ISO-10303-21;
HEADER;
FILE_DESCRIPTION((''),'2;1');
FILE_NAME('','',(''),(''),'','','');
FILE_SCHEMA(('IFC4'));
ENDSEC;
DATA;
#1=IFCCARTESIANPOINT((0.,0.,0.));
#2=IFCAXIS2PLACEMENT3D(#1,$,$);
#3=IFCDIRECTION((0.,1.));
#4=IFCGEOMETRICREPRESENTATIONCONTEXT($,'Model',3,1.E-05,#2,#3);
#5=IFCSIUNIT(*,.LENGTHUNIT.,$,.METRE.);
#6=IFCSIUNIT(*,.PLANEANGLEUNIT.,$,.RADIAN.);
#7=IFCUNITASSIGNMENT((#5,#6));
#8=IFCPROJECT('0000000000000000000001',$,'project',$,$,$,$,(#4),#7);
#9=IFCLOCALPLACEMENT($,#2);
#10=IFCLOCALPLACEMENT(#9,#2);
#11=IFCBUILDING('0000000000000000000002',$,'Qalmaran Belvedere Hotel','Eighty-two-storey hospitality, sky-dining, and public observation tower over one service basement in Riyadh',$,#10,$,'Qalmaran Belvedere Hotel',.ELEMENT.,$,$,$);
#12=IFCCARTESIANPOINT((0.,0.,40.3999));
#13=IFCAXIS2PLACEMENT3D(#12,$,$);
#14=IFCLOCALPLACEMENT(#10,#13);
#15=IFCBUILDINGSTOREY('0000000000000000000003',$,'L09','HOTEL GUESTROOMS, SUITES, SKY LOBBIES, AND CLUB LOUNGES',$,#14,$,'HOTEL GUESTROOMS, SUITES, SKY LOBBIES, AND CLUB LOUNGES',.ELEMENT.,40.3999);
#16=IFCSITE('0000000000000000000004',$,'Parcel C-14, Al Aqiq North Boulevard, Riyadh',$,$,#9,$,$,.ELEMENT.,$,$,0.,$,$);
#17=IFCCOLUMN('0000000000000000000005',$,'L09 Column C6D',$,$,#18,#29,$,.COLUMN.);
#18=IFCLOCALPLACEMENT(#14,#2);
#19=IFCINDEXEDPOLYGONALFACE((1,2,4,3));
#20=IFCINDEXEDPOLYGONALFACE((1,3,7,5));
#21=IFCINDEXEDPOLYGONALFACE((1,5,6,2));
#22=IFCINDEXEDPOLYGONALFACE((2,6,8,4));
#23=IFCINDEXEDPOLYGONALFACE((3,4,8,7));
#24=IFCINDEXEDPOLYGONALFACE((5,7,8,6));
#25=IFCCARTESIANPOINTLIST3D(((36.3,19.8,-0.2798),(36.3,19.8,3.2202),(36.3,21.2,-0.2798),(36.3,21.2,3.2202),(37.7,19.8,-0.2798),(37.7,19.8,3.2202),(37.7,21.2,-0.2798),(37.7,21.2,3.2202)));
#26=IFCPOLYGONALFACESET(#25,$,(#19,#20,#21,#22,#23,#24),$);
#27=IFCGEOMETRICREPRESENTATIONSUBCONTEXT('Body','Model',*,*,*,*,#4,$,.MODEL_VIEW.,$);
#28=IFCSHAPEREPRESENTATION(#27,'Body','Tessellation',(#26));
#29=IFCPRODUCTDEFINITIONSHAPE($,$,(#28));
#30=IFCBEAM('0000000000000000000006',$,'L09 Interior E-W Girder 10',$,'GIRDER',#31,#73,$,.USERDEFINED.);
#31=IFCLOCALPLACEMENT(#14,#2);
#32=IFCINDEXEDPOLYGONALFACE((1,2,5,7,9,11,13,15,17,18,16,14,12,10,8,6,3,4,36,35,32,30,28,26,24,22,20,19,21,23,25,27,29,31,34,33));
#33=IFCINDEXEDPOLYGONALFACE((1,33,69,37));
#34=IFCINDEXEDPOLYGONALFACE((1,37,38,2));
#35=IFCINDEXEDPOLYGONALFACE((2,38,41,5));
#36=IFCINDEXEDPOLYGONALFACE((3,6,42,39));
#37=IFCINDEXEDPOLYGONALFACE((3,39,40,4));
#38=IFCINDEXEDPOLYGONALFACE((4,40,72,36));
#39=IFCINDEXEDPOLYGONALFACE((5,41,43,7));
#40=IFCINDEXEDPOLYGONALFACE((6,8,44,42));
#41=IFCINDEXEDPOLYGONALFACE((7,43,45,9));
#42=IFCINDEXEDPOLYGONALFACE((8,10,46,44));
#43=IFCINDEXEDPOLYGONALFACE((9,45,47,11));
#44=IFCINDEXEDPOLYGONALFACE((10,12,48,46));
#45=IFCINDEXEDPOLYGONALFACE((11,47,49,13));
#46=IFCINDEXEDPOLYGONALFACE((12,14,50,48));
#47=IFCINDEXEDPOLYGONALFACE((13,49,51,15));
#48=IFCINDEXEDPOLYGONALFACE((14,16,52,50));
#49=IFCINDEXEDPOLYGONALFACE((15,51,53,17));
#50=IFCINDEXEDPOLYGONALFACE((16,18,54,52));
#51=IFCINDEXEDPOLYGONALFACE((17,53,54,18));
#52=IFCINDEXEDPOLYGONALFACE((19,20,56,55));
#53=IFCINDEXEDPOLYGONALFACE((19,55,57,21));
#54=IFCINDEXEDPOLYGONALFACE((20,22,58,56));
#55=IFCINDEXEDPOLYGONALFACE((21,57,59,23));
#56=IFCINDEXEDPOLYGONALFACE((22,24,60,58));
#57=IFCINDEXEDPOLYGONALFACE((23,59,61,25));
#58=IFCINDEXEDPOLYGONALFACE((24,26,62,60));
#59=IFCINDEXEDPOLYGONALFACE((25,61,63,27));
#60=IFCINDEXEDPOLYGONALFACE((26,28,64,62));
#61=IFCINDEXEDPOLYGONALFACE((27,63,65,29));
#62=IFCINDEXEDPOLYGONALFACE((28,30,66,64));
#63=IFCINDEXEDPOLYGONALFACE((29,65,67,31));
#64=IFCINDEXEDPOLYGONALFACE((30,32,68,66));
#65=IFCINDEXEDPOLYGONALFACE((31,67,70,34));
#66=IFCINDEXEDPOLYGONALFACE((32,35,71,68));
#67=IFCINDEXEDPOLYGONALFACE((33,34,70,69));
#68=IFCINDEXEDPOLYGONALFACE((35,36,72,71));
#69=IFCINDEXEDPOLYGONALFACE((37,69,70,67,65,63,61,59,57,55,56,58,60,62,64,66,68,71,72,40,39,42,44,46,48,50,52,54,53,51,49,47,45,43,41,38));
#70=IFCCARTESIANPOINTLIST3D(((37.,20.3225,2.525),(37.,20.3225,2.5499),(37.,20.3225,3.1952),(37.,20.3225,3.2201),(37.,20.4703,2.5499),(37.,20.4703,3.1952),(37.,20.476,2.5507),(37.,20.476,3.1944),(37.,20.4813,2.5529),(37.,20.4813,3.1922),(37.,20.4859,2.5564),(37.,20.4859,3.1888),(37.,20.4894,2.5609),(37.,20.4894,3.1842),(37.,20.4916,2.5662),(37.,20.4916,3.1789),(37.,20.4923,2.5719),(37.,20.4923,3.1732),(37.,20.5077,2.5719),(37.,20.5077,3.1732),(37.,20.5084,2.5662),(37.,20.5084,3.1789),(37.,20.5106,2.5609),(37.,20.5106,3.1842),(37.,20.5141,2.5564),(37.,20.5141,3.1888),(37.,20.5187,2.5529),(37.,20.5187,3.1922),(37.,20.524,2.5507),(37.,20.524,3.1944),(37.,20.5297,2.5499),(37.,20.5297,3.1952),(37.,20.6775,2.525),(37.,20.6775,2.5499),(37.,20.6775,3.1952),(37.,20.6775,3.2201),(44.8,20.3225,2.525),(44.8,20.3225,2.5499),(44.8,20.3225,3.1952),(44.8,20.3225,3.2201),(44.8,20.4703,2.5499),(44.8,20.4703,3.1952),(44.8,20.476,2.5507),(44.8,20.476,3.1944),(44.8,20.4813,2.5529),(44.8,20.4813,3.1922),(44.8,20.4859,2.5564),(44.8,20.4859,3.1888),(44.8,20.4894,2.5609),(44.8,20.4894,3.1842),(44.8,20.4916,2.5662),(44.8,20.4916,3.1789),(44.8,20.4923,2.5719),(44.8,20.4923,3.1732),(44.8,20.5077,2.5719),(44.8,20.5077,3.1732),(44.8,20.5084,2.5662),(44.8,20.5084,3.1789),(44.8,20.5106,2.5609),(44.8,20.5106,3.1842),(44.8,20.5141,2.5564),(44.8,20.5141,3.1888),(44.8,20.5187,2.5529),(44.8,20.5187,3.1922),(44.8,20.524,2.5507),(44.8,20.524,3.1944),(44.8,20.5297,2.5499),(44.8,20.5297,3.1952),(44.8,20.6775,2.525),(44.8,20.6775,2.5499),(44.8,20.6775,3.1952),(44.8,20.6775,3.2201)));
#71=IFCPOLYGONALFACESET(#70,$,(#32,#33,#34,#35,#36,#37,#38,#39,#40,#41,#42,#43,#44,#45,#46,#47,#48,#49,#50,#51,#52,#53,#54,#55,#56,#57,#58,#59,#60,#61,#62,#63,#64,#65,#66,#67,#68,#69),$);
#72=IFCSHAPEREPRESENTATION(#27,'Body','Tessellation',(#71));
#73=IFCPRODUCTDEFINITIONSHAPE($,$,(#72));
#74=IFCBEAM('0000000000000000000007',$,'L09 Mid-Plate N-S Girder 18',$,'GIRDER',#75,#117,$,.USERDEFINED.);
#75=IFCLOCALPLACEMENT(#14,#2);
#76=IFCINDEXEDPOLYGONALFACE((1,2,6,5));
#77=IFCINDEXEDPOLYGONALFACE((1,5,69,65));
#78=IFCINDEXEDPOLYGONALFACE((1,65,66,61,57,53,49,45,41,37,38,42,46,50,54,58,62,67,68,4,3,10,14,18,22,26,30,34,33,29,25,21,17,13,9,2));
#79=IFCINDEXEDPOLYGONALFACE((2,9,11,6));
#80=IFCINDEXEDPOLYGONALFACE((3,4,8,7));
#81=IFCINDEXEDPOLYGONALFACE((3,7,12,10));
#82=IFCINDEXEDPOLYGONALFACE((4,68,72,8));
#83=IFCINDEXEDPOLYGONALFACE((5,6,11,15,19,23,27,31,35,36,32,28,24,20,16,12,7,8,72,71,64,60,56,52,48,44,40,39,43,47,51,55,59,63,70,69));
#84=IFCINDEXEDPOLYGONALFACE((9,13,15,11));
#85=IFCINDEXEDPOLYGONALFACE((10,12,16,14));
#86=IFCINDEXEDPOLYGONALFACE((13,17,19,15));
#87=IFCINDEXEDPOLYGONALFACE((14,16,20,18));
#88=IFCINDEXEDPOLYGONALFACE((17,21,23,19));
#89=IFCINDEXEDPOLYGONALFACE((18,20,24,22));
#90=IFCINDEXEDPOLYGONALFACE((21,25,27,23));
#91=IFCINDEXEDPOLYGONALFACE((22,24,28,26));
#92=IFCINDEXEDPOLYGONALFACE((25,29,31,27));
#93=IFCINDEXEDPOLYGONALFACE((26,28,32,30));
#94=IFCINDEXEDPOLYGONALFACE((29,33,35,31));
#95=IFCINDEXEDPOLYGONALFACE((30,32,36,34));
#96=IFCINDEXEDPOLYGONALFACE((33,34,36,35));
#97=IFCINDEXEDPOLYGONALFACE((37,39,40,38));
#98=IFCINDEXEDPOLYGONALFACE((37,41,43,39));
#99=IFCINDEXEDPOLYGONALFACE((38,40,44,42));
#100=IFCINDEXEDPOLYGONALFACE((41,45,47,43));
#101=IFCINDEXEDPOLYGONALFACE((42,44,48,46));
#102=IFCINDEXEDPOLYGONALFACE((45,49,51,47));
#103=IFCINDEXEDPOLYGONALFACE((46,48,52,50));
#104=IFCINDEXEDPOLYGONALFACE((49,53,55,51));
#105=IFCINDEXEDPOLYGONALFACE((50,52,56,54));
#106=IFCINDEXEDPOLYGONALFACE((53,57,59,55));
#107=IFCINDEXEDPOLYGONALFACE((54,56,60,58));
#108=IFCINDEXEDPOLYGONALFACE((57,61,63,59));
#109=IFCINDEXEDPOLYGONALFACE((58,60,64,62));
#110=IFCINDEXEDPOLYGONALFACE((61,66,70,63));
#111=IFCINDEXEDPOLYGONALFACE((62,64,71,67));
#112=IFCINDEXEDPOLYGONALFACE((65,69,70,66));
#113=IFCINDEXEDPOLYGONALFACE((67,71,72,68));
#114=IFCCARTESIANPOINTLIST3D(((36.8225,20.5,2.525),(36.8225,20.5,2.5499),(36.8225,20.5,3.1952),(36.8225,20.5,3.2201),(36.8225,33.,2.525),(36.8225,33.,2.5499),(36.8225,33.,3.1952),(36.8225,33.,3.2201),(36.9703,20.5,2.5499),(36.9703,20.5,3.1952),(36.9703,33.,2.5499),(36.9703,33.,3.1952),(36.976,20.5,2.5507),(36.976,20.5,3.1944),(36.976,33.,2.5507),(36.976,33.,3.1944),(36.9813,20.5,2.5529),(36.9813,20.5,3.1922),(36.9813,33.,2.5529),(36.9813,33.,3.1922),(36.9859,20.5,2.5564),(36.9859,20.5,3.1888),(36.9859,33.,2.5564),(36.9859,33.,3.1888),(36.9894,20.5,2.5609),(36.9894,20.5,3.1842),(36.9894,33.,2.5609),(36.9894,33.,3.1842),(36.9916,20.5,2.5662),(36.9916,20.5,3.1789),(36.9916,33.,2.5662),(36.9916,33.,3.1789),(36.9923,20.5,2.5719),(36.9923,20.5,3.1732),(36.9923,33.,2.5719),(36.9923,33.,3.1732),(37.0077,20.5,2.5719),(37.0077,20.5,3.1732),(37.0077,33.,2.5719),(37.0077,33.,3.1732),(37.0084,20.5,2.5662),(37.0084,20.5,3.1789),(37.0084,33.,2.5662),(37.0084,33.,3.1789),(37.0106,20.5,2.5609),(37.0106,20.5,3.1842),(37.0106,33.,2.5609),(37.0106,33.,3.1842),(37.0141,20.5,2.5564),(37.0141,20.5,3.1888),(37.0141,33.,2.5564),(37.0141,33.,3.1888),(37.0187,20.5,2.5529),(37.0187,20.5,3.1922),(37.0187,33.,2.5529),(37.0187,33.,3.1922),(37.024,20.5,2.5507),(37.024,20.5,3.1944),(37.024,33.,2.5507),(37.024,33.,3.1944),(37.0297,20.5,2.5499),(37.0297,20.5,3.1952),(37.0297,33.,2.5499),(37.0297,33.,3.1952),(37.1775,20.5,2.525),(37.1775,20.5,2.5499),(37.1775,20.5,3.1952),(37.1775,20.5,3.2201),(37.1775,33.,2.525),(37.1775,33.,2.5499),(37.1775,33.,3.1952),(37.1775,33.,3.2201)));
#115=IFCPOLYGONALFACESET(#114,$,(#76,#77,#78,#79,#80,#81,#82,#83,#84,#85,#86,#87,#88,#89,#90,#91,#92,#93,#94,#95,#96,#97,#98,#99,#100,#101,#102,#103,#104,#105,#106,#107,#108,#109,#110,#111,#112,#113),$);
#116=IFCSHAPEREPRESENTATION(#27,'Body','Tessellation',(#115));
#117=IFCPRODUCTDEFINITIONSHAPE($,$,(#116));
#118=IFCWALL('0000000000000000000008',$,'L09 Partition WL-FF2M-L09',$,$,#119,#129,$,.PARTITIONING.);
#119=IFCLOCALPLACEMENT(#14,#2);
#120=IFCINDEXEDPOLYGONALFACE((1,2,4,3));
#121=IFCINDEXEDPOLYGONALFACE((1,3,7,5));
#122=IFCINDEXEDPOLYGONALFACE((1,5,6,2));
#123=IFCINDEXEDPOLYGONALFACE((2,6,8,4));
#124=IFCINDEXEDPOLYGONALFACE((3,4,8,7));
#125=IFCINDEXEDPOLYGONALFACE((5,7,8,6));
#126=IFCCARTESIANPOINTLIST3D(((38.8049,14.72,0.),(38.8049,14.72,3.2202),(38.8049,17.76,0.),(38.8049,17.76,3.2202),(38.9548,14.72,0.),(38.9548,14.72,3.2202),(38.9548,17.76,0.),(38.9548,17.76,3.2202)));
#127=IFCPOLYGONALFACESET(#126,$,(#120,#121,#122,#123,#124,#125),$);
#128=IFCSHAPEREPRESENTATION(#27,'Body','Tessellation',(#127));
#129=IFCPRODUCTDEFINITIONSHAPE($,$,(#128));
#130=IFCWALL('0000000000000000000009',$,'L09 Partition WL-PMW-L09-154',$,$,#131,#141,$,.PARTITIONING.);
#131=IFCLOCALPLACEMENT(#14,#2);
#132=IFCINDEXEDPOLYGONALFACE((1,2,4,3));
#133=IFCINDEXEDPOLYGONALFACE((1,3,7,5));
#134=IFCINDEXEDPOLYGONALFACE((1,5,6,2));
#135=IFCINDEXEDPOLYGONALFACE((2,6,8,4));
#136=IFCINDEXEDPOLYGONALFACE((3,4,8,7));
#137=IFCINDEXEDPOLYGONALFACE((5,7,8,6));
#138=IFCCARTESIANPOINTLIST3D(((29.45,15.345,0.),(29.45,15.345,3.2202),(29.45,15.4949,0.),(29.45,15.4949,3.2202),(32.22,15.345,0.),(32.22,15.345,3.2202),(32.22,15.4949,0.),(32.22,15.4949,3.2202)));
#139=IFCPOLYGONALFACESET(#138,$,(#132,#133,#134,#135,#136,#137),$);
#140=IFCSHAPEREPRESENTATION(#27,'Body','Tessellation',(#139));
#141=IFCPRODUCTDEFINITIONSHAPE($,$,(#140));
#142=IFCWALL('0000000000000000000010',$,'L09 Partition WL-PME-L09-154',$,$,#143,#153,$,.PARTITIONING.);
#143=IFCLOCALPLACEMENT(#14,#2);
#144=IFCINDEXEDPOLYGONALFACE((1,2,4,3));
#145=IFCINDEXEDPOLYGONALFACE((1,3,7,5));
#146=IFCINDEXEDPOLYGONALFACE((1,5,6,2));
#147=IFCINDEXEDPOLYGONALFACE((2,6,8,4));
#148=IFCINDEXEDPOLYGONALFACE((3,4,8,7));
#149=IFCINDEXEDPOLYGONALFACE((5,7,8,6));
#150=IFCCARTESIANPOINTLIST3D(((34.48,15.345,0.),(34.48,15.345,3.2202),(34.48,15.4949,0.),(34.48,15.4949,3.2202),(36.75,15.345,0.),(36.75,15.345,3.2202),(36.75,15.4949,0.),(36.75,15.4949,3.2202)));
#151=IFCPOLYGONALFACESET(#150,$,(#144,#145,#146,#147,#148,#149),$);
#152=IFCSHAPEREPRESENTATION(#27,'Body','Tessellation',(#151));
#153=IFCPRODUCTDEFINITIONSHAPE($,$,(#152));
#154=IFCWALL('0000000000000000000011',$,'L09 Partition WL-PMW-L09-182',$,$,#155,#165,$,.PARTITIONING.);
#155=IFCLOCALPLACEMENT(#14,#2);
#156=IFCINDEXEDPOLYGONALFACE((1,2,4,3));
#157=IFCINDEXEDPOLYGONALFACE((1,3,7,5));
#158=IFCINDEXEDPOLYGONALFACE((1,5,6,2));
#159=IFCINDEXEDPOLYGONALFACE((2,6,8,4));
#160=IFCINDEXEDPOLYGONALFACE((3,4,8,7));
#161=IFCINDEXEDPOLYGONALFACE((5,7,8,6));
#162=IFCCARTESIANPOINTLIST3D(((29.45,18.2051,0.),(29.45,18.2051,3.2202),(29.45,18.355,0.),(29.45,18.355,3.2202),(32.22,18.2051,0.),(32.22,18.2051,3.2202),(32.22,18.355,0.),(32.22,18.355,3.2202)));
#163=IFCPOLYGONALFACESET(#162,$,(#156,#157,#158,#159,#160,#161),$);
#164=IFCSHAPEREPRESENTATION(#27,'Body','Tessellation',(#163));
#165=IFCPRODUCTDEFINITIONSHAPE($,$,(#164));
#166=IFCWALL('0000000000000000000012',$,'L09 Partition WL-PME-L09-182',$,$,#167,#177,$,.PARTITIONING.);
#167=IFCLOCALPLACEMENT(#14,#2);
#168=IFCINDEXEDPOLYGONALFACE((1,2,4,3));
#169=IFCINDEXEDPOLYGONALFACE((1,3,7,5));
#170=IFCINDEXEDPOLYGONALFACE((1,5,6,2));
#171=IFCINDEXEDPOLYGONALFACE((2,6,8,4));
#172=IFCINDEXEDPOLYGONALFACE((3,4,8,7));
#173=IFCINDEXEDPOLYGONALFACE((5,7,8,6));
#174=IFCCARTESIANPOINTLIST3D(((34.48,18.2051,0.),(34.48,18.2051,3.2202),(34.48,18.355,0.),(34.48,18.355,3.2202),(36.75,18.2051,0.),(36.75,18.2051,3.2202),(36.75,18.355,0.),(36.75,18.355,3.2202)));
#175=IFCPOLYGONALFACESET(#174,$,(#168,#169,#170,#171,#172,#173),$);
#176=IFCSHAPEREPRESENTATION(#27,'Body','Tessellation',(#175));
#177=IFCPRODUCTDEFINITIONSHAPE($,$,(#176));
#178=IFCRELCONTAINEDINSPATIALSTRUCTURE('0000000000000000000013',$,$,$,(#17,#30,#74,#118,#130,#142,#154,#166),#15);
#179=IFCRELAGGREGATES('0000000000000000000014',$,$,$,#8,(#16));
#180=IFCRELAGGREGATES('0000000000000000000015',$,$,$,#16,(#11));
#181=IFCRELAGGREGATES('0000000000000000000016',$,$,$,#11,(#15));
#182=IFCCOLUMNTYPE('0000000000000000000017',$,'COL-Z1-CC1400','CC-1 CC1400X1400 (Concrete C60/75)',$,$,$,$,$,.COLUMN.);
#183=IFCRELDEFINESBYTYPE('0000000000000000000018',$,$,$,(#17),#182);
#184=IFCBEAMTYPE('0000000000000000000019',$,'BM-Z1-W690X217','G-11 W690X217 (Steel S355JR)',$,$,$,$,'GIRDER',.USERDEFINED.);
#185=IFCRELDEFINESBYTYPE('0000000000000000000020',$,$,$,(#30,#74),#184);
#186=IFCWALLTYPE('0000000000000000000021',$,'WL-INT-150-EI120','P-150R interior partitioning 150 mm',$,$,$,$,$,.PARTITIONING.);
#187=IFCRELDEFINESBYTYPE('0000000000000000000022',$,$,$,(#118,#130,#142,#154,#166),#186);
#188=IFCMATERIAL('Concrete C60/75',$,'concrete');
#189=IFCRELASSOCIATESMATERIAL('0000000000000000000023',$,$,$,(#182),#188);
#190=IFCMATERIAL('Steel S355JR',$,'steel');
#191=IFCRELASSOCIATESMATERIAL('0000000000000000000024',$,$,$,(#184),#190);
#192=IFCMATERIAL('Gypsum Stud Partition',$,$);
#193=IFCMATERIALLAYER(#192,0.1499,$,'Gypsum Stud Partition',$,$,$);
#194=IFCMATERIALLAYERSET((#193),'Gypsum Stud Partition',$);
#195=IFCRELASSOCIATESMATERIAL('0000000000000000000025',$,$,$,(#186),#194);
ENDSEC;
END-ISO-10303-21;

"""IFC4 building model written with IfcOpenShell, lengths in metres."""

from ifc_helpers import new_model, si_unit, direction, frame, frame_2d, origin, origin_2d, place, context, subcontext, project, spatial, rectangle, i_section, extrude, material, layer, layer_set, material_profile, profile_set, type_object, element, save


model = new_model("IFC4")

# Units and contexts
model_context = context("Model", 3, precision=1e-05, world=origin(), true_north=direction((0.0, 1.0)))
body_context = subcontext(model_context, "Body", "Model", "MODEL_VIEW")
ifc_project = project(units=[si_unit("LENGTHUNIT", "METRE"), si_unit("PLANEANGLEUNIT", "RADIAN")], contexts=[model_context])

# Site, building, storey
site_placement = place(None, origin())
site = spatial("IfcSite", under=ifc_project, at=site_placement, Name="Parcel C-14, Al Aqiq North Boulevard, Riyadh", CompositionType="ELEMENT", RefElevation=0.0)
building_placement = place(site_placement, origin())
building = spatial("IfcBuilding", under=site, at=building_placement, Name="Qalmaran Belvedere Hotel", Description="Eighty-two-storey hospitality, sky-dining, and public observation tower over one service basement in Riyadh", LongName="Qalmaran Belvedere Hotel", CompositionType="ELEMENT")
storey_placement = place(building_placement, frame((0.0, 0.0, 40.3999)))
storey = spatial("IfcBuildingStorey", under=building, at=storey_placement, Name="L09", Description="HOTEL GUESTROOMS, SUITES, SKY LOBBIES, AND CLUB LOUNGES", LongName="HOTEL GUESTROOMS, SUITES, SKY LOBBIES, AND CLUB LOUNGES", CompositionType="ELEMENT", Elevation=40.3999)

# Column
ifc_material_1 = material(Name="Concrete C60/75", Category="concrete")
ifc_material_profile_1 = material_profile(ifc_material_1, rectangle(XDim=1.3999, YDim=1.3999, at=origin_2d()), Name="CC1400X1400")
ifc_profile_set_1 = profile_set([ifc_material_profile_1], Name="Concrete C60/75")
column_type = type_object("IfcColumnType", Name="COL-Z1-CC1400", Description="CC-1 CC1400X1400 (Concrete C60/75)", PredefinedType="COLUMN", material=ifc_profile_set_1)
column_placement = place(storey_placement, frame((37.0, 20.5, -0.2798), z_axis=(0.0, 0.0, 1.0), x_axis=(1.0, 0.0, 0.0)))
element("IfcColumn", 1, at=column_placement, inside=storey, type_object=column_type, Name="L09 Column C6D", PredefinedType="COLUMN", context=body_context, shape_type="SweptSolid", body=[
    extrude(rectangle(XDim=1.3999, YDim=1.3999, at=origin_2d()), origin(), (0.0, 0.0, 1.0), 3.5),
])

# Beams
ifc_material_2 = material(Name="Steel S355JR", Category="steel")
ifc_material_profile_2 = material_profile(ifc_material_2, i_section(OverallWidth=0.355, OverallDepth=0.6951, WebThickness=0.0154, FlangeThickness=0.0249, FilletRadius=0.022, at=origin_2d()), Name="W690X217")
ifc_profile_set_2 = profile_set([ifc_material_profile_2], Name="Steel S355JR")
beam_type = type_object("IfcBeamType", Name="BM-Z1-W690X217", Description="G-11 W690X217 (Steel S355JR)", ElementType="GIRDER", PredefinedType="USERDEFINED", material=ifc_profile_set_2)
beam_1_placement = place(storey_placement, frame((37.0, 20.5, 2.8726), z_axis=(1.0, 0.0, 0.0), x_axis=(0.0, 1.0, 0.0)))
element("IfcBeam", 2, at=beam_1_placement, inside=storey, type_object=beam_type, Name="L09 Interior E-W Girder 10", ObjectType="GIRDER", PredefinedType="USERDEFINED", context=body_context, shape_type="SweptSolid", body=[
    extrude(i_section(OverallWidth=0.355, OverallDepth=0.6951, WebThickness=0.0154, FlangeThickness=0.0249, FilletRadius=0.022, at=origin_2d()), origin(), (0.0, 0.0, 1.0), 7.8),
])
beam_2_placement = place(storey_placement, frame((37.0, 20.5, 2.8726), z_axis=(0.0, 1.0, 0.0), x_axis=(-1.0, 0.0, 0.0)))
element("IfcBeam", 3, at=beam_2_placement, inside=storey, type_object=beam_type, Name="L09 Mid-Plate N-S Girder 18", ObjectType="GIRDER", PredefinedType="USERDEFINED", context=body_context, shape_type="SweptSolid", body=[
    extrude(i_section(OverallWidth=0.355, OverallDepth=0.6951, WebThickness=0.0154, FlangeThickness=0.0249, FilletRadius=0.022, at=origin_2d()), origin(), (0.0, 0.0, 1.0), 12.5),
])

# Walls
ifc_material_3 = material(Name="Gypsum Stud Partition")
ifc_layer_1 = layer(ifc_material_3, 0.1499, Name="Gypsum Stud Partition")
ifc_layer_set_1 = layer_set([ifc_layer_1], Name="Gypsum Stud Partition")
wall_type_1 = type_object("IfcWallType", Name="WL-INT-150-EI120", Description="P-150R interior partitioning 150 mm", PredefinedType="PARTITIONING", material=ifc_layer_set_1)
wall_1_placement = place(storey_placement, frame((38.8799, 14.72, 0.0), z_axis=(0.0, 0.0, 1.0), x_axis=(0.0, 1.0, 0.0)))
element("IfcWall", 4, at=wall_1_placement, inside=storey, type_object=wall_type_1, Name="L09 Partition WL-FF2M-L09", PredefinedType="PARTITIONING", context=body_context, shape_type="SweptSolid", body=[
    extrude(rectangle(XDim=3.04, YDim=0.1499, at=frame_2d((1.52, 0.0))), origin(), (0.0, 0.0, 1.0), 3.2202),
])
wall_2_placement = place(storey_placement, frame((29.45, 15.4199, 0.0), z_axis=(0.0, 0.0, 1.0), x_axis=(1.0, 0.0, 0.0)))
element("IfcWall", 5, at=wall_2_placement, inside=storey, type_object=wall_type_1, Name="L09 Partition WL-PMW-L09-154", PredefinedType="PARTITIONING", context=body_context, shape_type="SweptSolid", body=[
    extrude(rectangle(XDim=2.77, YDim=0.1499, at=frame_2d((1.385, 0.0))), origin(), (0.0, 0.0, 1.0), 3.2202),
])
wall_3_placement = place(storey_placement, frame((34.48, 15.4199, 0.0), z_axis=(0.0, 0.0, 1.0), x_axis=(1.0, 0.0, 0.0)))
element("IfcWall", 6, at=wall_3_placement, inside=storey, type_object=wall_type_1, Name="L09 Partition WL-PME-L09-154", PredefinedType="PARTITIONING", context=body_context, shape_type="SweptSolid", body=[
    extrude(rectangle(XDim=2.27, YDim=0.1499, at=frame_2d((1.135, 0.0))), origin(), (0.0, 0.0, 1.0), 3.2202),
])
wall_4_placement = place(storey_placement, frame((29.45, 18.28, 0.0), z_axis=(0.0, 0.0, 1.0), x_axis=(1.0, 0.0, 0.0)))
element("IfcWall", 7, at=wall_4_placement, inside=storey, type_object=wall_type_1, Name="L09 Partition WL-PMW-L09-182", PredefinedType="PARTITIONING", context=body_context, shape_type="SweptSolid", body=[
    extrude(rectangle(XDim=2.77, YDim=0.1499, at=frame_2d((1.385, 0.0))), origin(), (0.0, 0.0, 1.0), 3.2202),
])
wall_5_placement = place(storey_placement, frame((34.48, 18.28, 0.0), z_axis=(0.0, 0.0, 1.0), x_axis=(1.0, 0.0, 0.0)))
element("IfcWall", 8, at=wall_5_placement, inside=storey, type_object=wall_type_1, Name="L09 Partition WL-PME-L09-182", PredefinedType="PARTITIONING", context=body_context, shape_type="SweptSolid", body=[
    extrude(rectangle(XDim=2.27, YDim=0.1499, at=frame_2d((1.135, 0.0))), origin(), (0.0, 0.0, 1.0), 3.2202),
])

save(model, "model.ifc")
